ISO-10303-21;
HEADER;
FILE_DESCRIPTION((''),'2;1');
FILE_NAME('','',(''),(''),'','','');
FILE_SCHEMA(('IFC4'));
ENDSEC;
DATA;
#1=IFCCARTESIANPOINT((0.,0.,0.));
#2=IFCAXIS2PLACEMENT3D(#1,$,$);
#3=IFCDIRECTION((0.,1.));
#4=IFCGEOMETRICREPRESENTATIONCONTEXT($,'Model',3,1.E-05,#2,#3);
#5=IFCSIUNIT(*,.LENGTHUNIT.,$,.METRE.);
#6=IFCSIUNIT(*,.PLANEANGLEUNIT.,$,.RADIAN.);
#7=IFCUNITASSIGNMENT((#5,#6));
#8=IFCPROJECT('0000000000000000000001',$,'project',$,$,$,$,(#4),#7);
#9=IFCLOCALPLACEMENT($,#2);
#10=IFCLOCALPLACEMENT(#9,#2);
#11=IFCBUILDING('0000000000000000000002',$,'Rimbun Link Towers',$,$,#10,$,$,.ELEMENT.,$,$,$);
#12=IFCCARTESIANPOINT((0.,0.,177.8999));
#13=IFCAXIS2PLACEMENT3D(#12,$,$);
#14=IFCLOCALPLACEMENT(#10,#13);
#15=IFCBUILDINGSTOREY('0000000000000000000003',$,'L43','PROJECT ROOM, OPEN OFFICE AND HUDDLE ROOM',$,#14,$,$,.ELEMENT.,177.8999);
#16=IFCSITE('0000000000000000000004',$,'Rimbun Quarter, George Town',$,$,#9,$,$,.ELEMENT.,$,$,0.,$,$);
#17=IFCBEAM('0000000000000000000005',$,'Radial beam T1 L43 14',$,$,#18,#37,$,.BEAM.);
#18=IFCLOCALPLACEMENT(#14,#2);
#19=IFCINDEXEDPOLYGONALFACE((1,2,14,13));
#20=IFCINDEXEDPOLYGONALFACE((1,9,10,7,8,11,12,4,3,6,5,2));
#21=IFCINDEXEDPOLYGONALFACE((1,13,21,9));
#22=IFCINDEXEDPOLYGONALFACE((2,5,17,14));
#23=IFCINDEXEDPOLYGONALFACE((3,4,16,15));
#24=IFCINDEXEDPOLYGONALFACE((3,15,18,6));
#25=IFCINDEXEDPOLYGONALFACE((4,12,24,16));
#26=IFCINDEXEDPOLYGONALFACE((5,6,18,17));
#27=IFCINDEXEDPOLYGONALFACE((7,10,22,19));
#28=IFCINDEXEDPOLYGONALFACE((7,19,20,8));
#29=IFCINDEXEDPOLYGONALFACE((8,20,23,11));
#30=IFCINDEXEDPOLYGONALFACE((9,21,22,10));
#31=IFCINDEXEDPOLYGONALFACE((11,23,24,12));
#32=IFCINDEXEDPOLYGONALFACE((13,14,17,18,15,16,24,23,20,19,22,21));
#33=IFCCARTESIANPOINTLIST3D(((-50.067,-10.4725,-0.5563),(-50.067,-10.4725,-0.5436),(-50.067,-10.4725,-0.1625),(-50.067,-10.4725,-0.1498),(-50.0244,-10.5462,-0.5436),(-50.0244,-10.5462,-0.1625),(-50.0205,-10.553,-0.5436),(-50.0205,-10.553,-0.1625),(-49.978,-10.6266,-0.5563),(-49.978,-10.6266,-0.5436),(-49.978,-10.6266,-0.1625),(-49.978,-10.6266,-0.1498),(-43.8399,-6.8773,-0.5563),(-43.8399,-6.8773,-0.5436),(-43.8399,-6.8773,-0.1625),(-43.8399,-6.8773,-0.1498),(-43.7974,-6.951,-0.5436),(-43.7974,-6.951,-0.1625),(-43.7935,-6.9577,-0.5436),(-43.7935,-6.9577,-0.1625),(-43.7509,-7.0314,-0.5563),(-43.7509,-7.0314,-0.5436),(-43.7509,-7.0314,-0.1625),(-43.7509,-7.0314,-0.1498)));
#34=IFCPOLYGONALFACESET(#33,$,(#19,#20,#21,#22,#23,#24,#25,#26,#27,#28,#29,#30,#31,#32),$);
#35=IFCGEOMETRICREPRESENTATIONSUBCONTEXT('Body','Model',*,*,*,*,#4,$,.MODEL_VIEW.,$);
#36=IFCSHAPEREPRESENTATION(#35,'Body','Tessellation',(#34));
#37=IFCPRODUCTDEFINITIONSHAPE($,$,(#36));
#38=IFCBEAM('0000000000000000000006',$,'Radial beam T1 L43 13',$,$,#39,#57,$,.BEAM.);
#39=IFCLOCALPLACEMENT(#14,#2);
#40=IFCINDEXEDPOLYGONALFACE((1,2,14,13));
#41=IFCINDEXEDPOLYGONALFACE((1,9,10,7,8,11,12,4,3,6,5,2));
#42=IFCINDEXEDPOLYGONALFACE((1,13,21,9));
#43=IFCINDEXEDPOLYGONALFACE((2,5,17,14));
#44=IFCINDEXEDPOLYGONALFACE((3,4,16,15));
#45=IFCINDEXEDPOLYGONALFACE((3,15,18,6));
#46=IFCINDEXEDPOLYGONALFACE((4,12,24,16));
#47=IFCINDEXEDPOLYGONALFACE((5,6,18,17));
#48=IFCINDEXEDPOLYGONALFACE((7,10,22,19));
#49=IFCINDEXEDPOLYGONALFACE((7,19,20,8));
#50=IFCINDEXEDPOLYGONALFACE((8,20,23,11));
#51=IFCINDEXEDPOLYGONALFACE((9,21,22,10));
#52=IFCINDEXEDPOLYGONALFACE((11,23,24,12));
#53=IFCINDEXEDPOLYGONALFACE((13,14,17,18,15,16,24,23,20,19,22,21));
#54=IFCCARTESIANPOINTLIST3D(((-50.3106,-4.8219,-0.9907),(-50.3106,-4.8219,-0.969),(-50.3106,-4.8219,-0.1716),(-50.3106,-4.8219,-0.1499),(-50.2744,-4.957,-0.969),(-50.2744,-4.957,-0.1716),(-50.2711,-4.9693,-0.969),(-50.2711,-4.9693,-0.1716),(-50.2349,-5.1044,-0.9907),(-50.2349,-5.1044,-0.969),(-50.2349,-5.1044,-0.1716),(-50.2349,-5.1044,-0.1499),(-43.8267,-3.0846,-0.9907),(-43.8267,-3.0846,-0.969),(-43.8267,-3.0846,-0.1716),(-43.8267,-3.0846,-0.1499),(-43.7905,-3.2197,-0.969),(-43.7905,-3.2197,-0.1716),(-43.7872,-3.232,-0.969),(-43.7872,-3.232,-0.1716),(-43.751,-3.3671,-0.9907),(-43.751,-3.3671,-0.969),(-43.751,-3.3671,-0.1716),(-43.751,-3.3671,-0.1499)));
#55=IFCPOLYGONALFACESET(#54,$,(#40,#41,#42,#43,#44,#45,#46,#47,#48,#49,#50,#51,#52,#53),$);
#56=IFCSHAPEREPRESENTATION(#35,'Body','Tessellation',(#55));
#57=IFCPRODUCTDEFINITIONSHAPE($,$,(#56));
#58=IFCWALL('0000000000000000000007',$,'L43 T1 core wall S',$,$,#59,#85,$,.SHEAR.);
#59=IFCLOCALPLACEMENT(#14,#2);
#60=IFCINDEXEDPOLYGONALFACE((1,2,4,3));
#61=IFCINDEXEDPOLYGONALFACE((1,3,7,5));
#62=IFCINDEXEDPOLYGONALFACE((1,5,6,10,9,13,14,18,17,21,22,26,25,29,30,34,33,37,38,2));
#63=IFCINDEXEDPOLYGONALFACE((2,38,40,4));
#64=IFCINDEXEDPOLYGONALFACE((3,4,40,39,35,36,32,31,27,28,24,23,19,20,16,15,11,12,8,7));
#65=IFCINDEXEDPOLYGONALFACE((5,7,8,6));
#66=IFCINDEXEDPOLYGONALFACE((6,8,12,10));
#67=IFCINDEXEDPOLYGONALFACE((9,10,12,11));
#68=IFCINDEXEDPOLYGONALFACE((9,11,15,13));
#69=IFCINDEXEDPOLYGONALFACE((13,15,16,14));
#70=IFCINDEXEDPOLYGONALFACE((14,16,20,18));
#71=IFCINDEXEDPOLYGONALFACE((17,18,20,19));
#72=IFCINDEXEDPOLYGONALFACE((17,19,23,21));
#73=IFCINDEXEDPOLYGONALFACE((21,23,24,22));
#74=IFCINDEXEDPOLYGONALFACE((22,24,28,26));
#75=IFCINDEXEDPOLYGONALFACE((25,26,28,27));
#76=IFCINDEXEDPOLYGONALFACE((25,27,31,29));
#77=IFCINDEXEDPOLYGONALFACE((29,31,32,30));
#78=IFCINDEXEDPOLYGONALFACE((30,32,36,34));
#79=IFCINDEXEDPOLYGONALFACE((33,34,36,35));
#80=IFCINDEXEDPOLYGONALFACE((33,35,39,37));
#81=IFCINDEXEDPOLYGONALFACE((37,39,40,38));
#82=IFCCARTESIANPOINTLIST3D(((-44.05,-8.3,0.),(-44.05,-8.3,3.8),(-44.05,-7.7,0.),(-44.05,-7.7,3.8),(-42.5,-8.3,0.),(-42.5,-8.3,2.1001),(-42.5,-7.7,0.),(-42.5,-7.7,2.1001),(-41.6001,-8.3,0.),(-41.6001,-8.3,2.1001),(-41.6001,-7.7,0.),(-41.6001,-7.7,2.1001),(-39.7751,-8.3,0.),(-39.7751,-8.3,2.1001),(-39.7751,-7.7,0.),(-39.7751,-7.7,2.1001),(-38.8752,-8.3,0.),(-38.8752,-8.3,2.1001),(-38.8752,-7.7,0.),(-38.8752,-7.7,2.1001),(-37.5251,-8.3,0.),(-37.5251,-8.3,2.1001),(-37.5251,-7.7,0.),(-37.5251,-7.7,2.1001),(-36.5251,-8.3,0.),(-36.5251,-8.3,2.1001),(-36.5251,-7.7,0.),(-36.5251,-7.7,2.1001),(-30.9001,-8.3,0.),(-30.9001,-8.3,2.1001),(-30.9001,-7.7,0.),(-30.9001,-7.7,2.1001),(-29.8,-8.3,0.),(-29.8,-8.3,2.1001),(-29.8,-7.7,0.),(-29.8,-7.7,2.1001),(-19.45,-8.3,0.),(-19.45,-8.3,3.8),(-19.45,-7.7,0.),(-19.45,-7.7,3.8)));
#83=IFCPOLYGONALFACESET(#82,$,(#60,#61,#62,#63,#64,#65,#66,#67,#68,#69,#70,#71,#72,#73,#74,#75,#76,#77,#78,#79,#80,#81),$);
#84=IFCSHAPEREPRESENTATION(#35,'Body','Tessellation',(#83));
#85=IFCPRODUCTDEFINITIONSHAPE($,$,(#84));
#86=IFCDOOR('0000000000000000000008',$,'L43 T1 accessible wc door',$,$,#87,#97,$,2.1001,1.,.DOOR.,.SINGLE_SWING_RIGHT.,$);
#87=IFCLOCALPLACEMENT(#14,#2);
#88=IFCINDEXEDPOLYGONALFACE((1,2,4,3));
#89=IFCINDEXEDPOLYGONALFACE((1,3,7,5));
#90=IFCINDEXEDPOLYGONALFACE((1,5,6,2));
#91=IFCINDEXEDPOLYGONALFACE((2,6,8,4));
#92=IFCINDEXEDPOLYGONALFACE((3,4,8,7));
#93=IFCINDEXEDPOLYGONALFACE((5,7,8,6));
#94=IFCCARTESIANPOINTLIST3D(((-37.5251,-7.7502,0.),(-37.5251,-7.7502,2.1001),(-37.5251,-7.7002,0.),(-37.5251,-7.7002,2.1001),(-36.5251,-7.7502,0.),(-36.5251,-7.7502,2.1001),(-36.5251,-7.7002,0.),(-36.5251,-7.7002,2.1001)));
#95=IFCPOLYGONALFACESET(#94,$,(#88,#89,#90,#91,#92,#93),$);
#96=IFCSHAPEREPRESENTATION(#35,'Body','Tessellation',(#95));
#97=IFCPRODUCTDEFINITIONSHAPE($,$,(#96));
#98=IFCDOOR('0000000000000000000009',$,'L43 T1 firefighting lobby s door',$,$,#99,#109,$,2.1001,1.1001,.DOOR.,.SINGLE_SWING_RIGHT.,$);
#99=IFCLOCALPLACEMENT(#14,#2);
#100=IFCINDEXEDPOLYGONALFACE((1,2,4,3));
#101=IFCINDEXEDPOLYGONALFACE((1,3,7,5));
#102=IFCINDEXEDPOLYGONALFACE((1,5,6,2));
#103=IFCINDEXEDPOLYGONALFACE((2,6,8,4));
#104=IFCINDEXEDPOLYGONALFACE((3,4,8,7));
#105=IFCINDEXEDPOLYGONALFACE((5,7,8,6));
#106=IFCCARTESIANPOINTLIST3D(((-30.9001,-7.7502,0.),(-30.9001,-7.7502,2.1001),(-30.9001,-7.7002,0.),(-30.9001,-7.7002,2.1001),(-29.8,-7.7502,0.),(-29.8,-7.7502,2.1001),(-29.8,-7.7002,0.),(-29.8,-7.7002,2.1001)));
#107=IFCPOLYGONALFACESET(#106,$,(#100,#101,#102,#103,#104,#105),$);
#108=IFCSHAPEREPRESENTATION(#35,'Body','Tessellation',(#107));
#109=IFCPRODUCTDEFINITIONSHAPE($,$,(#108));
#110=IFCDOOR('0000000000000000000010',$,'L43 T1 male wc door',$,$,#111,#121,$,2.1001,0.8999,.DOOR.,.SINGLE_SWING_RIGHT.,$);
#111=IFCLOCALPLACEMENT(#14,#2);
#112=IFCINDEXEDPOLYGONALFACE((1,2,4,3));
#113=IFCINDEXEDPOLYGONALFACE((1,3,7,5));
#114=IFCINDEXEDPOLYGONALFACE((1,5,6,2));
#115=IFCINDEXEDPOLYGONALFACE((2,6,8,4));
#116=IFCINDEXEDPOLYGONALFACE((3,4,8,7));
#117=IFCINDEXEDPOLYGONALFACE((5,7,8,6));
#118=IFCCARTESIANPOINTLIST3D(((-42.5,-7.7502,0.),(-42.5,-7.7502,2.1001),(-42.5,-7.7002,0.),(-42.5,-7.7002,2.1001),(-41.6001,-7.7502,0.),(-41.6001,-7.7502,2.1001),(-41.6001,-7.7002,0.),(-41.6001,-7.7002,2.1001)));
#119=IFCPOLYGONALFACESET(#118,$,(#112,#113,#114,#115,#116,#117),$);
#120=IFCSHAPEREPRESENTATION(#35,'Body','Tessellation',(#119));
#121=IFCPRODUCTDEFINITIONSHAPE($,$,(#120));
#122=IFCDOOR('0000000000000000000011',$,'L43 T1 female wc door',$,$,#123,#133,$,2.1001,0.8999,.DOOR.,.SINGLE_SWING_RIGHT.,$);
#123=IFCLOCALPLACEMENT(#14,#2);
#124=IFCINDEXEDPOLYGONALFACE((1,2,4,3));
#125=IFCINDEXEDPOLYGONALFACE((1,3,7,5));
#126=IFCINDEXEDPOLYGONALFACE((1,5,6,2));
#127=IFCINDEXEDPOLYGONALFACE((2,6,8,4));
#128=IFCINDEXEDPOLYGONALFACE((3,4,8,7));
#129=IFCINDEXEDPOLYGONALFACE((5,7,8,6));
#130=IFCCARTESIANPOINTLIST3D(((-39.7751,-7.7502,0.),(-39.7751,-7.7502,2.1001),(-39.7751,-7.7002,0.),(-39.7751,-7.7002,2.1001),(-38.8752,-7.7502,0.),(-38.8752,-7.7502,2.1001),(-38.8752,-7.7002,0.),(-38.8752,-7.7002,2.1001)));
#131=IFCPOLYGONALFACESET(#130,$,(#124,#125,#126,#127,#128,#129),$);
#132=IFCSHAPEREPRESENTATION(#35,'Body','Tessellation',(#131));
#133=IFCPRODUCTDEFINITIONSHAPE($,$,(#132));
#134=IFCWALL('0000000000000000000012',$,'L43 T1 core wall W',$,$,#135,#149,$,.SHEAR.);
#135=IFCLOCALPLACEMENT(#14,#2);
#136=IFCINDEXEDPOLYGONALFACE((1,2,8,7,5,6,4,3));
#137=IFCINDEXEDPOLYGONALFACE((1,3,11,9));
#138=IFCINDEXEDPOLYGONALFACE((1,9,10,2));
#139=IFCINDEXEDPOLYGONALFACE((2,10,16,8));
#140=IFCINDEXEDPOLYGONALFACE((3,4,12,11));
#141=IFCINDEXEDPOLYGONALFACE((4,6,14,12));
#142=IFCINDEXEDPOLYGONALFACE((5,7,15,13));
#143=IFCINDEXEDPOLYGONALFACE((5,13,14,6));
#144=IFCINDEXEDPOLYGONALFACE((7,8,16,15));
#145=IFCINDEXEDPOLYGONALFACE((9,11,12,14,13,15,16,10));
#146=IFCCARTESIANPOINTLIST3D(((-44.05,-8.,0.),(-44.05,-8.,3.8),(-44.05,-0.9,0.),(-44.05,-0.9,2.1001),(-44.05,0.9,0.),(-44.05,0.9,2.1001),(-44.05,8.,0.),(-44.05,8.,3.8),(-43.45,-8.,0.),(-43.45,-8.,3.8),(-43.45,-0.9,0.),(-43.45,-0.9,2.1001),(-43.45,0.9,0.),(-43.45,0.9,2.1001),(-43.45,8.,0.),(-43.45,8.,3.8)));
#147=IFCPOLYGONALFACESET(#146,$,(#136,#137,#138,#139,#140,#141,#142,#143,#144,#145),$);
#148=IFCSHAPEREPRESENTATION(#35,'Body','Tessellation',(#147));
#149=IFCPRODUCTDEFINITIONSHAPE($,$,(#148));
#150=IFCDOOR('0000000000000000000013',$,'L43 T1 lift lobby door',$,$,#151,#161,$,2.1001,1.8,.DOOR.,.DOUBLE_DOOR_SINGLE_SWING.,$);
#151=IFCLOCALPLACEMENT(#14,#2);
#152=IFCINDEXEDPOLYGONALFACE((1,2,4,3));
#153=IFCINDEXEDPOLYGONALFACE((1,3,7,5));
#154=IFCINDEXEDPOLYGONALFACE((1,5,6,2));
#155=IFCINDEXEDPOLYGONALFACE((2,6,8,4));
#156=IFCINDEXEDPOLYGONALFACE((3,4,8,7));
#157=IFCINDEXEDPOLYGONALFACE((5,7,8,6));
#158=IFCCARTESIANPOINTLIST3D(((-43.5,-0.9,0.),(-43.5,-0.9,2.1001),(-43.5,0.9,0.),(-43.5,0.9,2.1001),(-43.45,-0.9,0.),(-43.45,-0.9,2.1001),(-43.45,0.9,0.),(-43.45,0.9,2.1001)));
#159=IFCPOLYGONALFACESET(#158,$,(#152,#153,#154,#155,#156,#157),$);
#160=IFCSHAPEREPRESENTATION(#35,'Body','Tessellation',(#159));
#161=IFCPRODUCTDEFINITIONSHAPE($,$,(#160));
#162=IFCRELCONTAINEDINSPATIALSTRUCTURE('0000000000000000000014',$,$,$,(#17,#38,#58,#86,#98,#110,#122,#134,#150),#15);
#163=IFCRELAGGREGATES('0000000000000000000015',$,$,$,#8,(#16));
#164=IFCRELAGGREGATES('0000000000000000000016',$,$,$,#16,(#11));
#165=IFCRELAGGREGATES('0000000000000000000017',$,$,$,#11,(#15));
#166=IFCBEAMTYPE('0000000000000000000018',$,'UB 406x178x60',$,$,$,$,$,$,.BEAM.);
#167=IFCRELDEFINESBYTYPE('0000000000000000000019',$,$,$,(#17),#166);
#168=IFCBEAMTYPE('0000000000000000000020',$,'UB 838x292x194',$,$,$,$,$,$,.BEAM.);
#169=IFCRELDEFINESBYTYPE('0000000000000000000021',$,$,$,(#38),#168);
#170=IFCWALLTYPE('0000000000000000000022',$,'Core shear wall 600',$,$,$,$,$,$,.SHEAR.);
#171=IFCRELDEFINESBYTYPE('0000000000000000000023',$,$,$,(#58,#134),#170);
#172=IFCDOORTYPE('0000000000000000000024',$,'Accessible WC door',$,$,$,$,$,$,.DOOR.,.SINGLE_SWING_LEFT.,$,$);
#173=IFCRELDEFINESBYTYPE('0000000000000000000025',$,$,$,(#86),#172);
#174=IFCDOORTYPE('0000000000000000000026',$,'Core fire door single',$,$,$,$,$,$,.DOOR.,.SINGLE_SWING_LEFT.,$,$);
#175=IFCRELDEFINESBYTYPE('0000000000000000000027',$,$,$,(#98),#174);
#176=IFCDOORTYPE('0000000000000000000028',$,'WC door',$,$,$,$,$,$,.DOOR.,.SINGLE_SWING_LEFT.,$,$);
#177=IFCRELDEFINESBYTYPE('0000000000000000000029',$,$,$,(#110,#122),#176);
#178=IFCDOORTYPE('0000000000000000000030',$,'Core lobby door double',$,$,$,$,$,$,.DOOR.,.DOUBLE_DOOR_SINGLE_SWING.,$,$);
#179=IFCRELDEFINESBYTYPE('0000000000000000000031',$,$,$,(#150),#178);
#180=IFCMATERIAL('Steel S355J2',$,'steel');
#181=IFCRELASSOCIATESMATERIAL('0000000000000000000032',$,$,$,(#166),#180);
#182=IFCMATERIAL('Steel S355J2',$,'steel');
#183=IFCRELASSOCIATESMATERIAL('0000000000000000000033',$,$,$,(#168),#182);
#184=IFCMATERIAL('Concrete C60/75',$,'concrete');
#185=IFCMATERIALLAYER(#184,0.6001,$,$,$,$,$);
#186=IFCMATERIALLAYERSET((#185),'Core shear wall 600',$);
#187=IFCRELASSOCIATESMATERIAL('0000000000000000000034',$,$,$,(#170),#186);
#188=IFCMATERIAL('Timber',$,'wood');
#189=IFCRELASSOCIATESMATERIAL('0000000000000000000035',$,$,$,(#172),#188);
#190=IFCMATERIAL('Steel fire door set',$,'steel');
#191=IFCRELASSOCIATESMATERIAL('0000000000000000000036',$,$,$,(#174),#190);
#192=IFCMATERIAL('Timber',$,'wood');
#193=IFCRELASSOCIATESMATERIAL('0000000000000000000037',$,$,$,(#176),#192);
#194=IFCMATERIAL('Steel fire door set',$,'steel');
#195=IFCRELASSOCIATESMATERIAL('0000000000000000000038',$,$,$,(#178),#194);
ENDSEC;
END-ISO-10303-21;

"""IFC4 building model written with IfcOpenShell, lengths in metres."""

from ifc_helpers import new_model, si_unit, direction, frame, frame_2d, origin, origin_2d, place, context, subcontext, project, spatial, rectangle, i_section, extrude, material, layer, layer_set, material_profile, profile_set, type_object, element, fill, save


model = new_model("IFC4")

# Units and contexts
model_context = context("Model", 3, precision=1e-05, world=origin(), true_north=direction((0.0, 1.0)))
body_context = subcontext(model_context, "Body", "Model", "MODEL_VIEW")
ifc_project = project(units=[si_unit("LENGTHUNIT", "METRE"), si_unit("PLANEANGLEUNIT", "RADIAN")], contexts=[model_context])

# Site, building, storey
site_placement = place(None, origin())
site = spatial("IfcSite", under=ifc_project, at=site_placement, Name="Rimbun Quarter, George Town", CompositionType="ELEMENT", RefElevation=0.0)
building_placement = place(site_placement, origin())
building = spatial("IfcBuilding", under=site, at=building_placement, Name="Rimbun Link Towers", CompositionType="ELEMENT")
storey_placement = place(building_placement, frame((0.0, 0.0, 177.8999)))
storey = spatial("IfcBuildingStorey", under=building, at=storey_placement, Name="L43", Description="PROJECT ROOM, OPEN OFFICE AND HUDDLE ROOM", CompositionType="ELEMENT", Elevation=177.8999)

# Beams
ifc_material_1 = material(Name="Steel S355J2", Category="steel")
ifc_material_profile_1 = material_profile(ifc_material_1, i_section(OverallWidth=0.178, OverallDepth=0.4065, WebThickness=0.0078, FlangeThickness=0.0127, at=origin_2d()), Name="UB 406x178x60")
ifc_profile_set_1 = profile_set([ifc_material_profile_1], Name="Steel S355J2")
beam_type_1 = type_object("IfcBeamType", Name="UB 406x178x60", PredefinedType="BEAM", material=ifc_profile_set_1)
beam_1_placement = place(storey_placement, frame((-43.7954, -6.9543, -0.353), z_axis=(-0.866024, -0.500003, 0.0), x_axis=(0.500003, -0.866024, 0.0)))
element("IfcBeam", 1, at=beam_1_placement, inside=storey, type_object=beam_type_1, Name="Radial beam T1 L43 14", PredefinedType="BEAM", context=body_context, shape_type="SweptSolid", body=[
    extrude(i_section(OverallWidth=0.178, OverallDepth=0.4065, WebThickness=0.0078, FlangeThickness=0.0127, at=origin_2d()), origin(), (0.0, 0.0, 1.0), 7.1904),
])
ifc_material_2 = material(Name="Steel S355J2", Category="steel")
ifc_material_profile_2 = material_profile(ifc_material_2, i_section(OverallWidth=0.2925, OverallDepth=0.8408, WebThickness=0.0127, FlangeThickness=0.0217, at=origin_2d()), Name="UB 838x292x194")
ifc_profile_set_2 = profile_set([ifc_material_profile_2], Name="Steel S355J2")
beam_type_2 = type_object("IfcBeamType", Name="UB 838x292x194", PredefinedType="BEAM", material=ifc_profile_set_2)
beam_2_placement = place(storey_placement, frame((-43.7888, -3.2258, -0.5703), z_axis=(-0.965928, -0.258812, 0.0), x_axis=(0.258812, -0.965928, 0.0)))
element("IfcBeam", 2, at=beam_2_placement, inside=storey, type_object=beam_type_2, Name="Radial beam T1 L43 13", PredefinedType="BEAM", context=body_context, shape_type="SweptSolid", body=[
    extrude(i_section(OverallWidth=0.2925, OverallDepth=0.8408, WebThickness=0.0127, FlangeThickness=0.0217, at=origin_2d()), origin(), (0.0, 0.0, 1.0), 6.7126),
])

# Wall, openings, doors
ifc_material_3 = material(Name="Concrete C60/75", Category="concrete")
ifc_layer_1 = layer(ifc_material_3, 0.6001)
ifc_layer_set_1 = layer_set([ifc_layer_1], Name="Core shear wall 600")
wall_type_1 = type_object("IfcWallType", Name="Core shear wall 600", PredefinedType="SHEAR", material=ifc_layer_set_1)
wall_1_placement = place(storey_placement, frame((-44.05, -8.0, 0.0), z_axis=(0.0, 0.0, 1.0), x_axis=(1.0, 0.0, 0.0)))
wall_1 = element("IfcWall", 3, at=wall_1_placement, inside=storey, type_object=wall_type_1, Name="L43 T1 core wall S", PredefinedType="SHEAR", context=body_context, shape_type="SweptSolid", body=[
    extrude(rectangle(XDim=24.6001, YDim=0.6001, at=frame_2d((12.3, 0.0))), origin(), (0.0, 0.0, 1.0), 3.8),
])
opening_1_placement = place(wall_1_placement, frame((13.1499, 0.0, 0.0)))
opening_1 = element("IfcOpeningElement", 4, at=opening_1_placement, cuts=wall_1, PredefinedType="OPENING", context=body_context, shape_type="SweptSolid", body=[
    extrude(rectangle(XDim=1.1001, YDim=2.1001, at=frame_2d((0.55, 1.05))), frame((0.0, 0.3101, 0.0), z_axis=(0.0, -1.0, 0.0), x_axis=(1.0, 0.0, 0.0)), (0.0, 0.0, 1.0), 0.6201),
])
opening_2_placement = place(wall_1_placement, frame((1.55, 0.0, 0.0)))
opening_2 = element("IfcOpeningElement", 5, at=opening_2_placement, cuts=wall_1, PredefinedType="OPENING", context=body_context, shape_type="SweptSolid", body=[
    extrude(rectangle(XDim=0.8999, YDim=2.1001, at=frame_2d((0.45, 1.05))), frame((0.0, 0.3101, 0.0), z_axis=(0.0, -1.0, 0.0), x_axis=(1.0, 0.0, 0.0)), (0.0, 0.0, 1.0), 0.6201),
])
opening_3_placement = place(wall_1_placement, frame((4.2749, 0.0, 0.0)))
opening_3 = element("IfcOpeningElement", 6, at=opening_3_placement, cuts=wall_1, PredefinedType="OPENING", context=body_context, shape_type="SweptSolid", body=[
    extrude(rectangle(XDim=0.8999, YDim=2.1001, at=frame_2d((0.45, 1.05))), frame((0.0, 0.3101, 0.0), z_axis=(0.0, -1.0, 0.0), x_axis=(1.0, 0.0, 0.0)), (0.0, 0.0, 1.0), 0.6201),
])
opening_4_placement = place(wall_1_placement, frame((6.5249, 0.0, 0.0)))
opening_4 = element("IfcOpeningElement", 7, at=opening_4_placement, cuts=wall_1, PredefinedType="OPENING", context=body_context, shape_type="SweptSolid", body=[
    extrude(rectangle(XDim=1.0, YDim=2.1001, at=frame_2d((0.5, 1.05))), frame((0.0, 0.3101, 0.0), z_axis=(0.0, -1.0, 0.0), x_axis=(1.0, 0.0, 0.0)), (0.0, 0.0, 1.0), 0.6201),
])
ifc_material_4 = material(Name="Timber", Category="wood")
door_type_1 = type_object("IfcDoorType", Name="Accessible WC door", OperationType="SINGLE_SWING_LEFT", PredefinedType="DOOR", material=ifc_material_4)
door_1_placement = place(opening_4_placement, origin())
door_1 = element("IfcDoor", 8, at=door_1_placement, inside=storey, type_object=door_type_1, Name="L43 T1 accessible wc door", OperationType="SINGLE_SWING_RIGHT", OverallHeight=2.1001, OverallWidth=1.0, PredefinedType="DOOR", context=body_context, shape_type="SweptSolid", body=[
    extrude(rectangle(XDim=1.0, YDim=2.1001, at=frame_2d((0.5, 1.05))), frame((0.0, 0.2998, 0.0), z_axis=(0.0, -1.0, 0.0), x_axis=(1.0, 0.0, 0.0)), (0.0, 0.0, 1.0), 0.05),
])
fill(opening_4, door_1)
ifc_material_5 = material(Name="Steel fire door set", Category="steel")
door_type_2 = type_object("IfcDoorType", Name="Core fire door single", OperationType="SINGLE_SWING_LEFT", PredefinedType="DOOR", material=ifc_material_5)
door_2_placement = place(opening_1_placement, origin())
door_2 = element("IfcDoor", 9, at=door_2_placement, inside=storey, type_object=door_type_2, Name="L43 T1 firefighting lobby s door", OperationType="SINGLE_SWING_RIGHT", OverallHeight=2.1001, OverallWidth=1.1001, PredefinedType="DOOR", context=body_context, shape_type="SweptSolid", body=[
    extrude(rectangle(XDim=1.1001, YDim=2.1001, at=frame_2d((0.55, 1.05))), frame((0.0, 0.2998, 0.0), z_axis=(0.0, -1.0, 0.0), x_axis=(1.0, 0.0, 0.0)), (0.0, 0.0, 1.0), 0.05),
])
fill(opening_1, door_2)
ifc_material_6 = material(Name="Timber", Category="wood")
door_type_3 = type_object("IfcDoorType", Name="WC door", OperationType="SINGLE_SWING_LEFT", PredefinedType="DOOR", material=ifc_material_6)
door_3_placement = place(opening_2_placement, origin())
door_3 = element("IfcDoor", 10, at=door_3_placement, inside=storey, type_object=door_type_3, Name="L43 T1 male wc door", OperationType="SINGLE_SWING_RIGHT", OverallHeight=2.1001, OverallWidth=0.8999, PredefinedType="DOOR", context=body_context, shape_type="SweptSolid", body=[
    extrude(rectangle(XDim=0.8999, YDim=2.1001, at=frame_2d((0.45, 1.05))), frame((0.0, 0.2998, 0.0), z_axis=(0.0, -1.0, 0.0), x_axis=(1.0, 0.0, 0.0)), (0.0, 0.0, 1.0), 0.05),
])
fill(opening_2, door_3)
door_4_placement = place(opening_3_placement, origin())
door_4 = element("IfcDoor", 11, at=door_4_placement, inside=storey, type_object=door_type_3, Name="L43 T1 female wc door", OperationType="SINGLE_SWING_RIGHT", OverallHeight=2.1001, OverallWidth=0.8999, PredefinedType="DOOR", context=body_context, shape_type="SweptSolid", body=[
    extrude(rectangle(XDim=0.8999, YDim=2.1001, at=frame_2d((0.45, 1.05))), frame((0.0, 0.2998, 0.0), z_axis=(0.0, -1.0, 0.0), x_axis=(1.0, 0.0, 0.0)), (0.0, 0.0, 1.0), 0.05),
])
fill(opening_3, door_4)

# Wall, opening, door
wall_2_placement = place(storey_placement, frame((-43.75, -8.0, 0.0), z_axis=(0.0, 0.0, 1.0), x_axis=(0.0, 1.0, 0.0)))
wall_2 = element("IfcWall", 12, at=wall_2_placement, inside=storey, type_object=wall_type_1, Name="L43 T1 core wall W", PredefinedType="SHEAR", context=body_context, shape_type="SweptSolid", body=[
    extrude(rectangle(XDim=16.0, YDim=0.6001, at=frame_2d((8.0, 0.0))), origin(), (0.0, 0.0, 1.0), 3.8),
])
opening_5_placement = place(wall_2_placement, frame((7.1001, 0.0, 0.0)))
opening_5 = element("IfcOpeningElement", 13, at=opening_5_placement, cuts=wall_2, PredefinedType="OPENING", context=body_context, shape_type="SweptSolid", body=[
    extrude(rectangle(XDim=1.8, YDim=2.1001, at=frame_2d((0.8999, 1.05))), frame((0.0, 0.3101, 0.0), z_axis=(0.0, -1.0, 0.0), x_axis=(1.0, 0.0, 0.0)), (0.0, 0.0, 1.0), 0.6201),
])
ifc_material_7 = material(Name="Steel fire door set", Category="steel")
door_type_4 = type_object("IfcDoorType", Name="Core lobby door double", OperationType="DOUBLE_DOOR_SINGLE_SWING", PredefinedType="DOOR", material=ifc_material_7)
door_5_placement = place(opening_5_placement, origin())
door_5 = element("IfcDoor", 14, at=door_5_placement, inside=storey, type_object=door_type_4, Name="L43 T1 lift lobby door", OperationType="DOUBLE_DOOR_SINGLE_SWING", OverallHeight=2.1001, OverallWidth=1.8, PredefinedType="DOOR", context=body_context, shape_type="SweptSolid", body=[
    extrude(rectangle(XDim=1.8, YDim=2.1001, at=frame_2d((0.8999, 1.05))), frame((0.0, -0.25, 0.0), z_axis=(0.0, -1.0, 0.0), x_axis=(1.0, 0.0, 0.0)), (0.0, 0.0, 1.0), 0.05),
])
fill(opening_5, door_5)

save(model, "model.ifc")
